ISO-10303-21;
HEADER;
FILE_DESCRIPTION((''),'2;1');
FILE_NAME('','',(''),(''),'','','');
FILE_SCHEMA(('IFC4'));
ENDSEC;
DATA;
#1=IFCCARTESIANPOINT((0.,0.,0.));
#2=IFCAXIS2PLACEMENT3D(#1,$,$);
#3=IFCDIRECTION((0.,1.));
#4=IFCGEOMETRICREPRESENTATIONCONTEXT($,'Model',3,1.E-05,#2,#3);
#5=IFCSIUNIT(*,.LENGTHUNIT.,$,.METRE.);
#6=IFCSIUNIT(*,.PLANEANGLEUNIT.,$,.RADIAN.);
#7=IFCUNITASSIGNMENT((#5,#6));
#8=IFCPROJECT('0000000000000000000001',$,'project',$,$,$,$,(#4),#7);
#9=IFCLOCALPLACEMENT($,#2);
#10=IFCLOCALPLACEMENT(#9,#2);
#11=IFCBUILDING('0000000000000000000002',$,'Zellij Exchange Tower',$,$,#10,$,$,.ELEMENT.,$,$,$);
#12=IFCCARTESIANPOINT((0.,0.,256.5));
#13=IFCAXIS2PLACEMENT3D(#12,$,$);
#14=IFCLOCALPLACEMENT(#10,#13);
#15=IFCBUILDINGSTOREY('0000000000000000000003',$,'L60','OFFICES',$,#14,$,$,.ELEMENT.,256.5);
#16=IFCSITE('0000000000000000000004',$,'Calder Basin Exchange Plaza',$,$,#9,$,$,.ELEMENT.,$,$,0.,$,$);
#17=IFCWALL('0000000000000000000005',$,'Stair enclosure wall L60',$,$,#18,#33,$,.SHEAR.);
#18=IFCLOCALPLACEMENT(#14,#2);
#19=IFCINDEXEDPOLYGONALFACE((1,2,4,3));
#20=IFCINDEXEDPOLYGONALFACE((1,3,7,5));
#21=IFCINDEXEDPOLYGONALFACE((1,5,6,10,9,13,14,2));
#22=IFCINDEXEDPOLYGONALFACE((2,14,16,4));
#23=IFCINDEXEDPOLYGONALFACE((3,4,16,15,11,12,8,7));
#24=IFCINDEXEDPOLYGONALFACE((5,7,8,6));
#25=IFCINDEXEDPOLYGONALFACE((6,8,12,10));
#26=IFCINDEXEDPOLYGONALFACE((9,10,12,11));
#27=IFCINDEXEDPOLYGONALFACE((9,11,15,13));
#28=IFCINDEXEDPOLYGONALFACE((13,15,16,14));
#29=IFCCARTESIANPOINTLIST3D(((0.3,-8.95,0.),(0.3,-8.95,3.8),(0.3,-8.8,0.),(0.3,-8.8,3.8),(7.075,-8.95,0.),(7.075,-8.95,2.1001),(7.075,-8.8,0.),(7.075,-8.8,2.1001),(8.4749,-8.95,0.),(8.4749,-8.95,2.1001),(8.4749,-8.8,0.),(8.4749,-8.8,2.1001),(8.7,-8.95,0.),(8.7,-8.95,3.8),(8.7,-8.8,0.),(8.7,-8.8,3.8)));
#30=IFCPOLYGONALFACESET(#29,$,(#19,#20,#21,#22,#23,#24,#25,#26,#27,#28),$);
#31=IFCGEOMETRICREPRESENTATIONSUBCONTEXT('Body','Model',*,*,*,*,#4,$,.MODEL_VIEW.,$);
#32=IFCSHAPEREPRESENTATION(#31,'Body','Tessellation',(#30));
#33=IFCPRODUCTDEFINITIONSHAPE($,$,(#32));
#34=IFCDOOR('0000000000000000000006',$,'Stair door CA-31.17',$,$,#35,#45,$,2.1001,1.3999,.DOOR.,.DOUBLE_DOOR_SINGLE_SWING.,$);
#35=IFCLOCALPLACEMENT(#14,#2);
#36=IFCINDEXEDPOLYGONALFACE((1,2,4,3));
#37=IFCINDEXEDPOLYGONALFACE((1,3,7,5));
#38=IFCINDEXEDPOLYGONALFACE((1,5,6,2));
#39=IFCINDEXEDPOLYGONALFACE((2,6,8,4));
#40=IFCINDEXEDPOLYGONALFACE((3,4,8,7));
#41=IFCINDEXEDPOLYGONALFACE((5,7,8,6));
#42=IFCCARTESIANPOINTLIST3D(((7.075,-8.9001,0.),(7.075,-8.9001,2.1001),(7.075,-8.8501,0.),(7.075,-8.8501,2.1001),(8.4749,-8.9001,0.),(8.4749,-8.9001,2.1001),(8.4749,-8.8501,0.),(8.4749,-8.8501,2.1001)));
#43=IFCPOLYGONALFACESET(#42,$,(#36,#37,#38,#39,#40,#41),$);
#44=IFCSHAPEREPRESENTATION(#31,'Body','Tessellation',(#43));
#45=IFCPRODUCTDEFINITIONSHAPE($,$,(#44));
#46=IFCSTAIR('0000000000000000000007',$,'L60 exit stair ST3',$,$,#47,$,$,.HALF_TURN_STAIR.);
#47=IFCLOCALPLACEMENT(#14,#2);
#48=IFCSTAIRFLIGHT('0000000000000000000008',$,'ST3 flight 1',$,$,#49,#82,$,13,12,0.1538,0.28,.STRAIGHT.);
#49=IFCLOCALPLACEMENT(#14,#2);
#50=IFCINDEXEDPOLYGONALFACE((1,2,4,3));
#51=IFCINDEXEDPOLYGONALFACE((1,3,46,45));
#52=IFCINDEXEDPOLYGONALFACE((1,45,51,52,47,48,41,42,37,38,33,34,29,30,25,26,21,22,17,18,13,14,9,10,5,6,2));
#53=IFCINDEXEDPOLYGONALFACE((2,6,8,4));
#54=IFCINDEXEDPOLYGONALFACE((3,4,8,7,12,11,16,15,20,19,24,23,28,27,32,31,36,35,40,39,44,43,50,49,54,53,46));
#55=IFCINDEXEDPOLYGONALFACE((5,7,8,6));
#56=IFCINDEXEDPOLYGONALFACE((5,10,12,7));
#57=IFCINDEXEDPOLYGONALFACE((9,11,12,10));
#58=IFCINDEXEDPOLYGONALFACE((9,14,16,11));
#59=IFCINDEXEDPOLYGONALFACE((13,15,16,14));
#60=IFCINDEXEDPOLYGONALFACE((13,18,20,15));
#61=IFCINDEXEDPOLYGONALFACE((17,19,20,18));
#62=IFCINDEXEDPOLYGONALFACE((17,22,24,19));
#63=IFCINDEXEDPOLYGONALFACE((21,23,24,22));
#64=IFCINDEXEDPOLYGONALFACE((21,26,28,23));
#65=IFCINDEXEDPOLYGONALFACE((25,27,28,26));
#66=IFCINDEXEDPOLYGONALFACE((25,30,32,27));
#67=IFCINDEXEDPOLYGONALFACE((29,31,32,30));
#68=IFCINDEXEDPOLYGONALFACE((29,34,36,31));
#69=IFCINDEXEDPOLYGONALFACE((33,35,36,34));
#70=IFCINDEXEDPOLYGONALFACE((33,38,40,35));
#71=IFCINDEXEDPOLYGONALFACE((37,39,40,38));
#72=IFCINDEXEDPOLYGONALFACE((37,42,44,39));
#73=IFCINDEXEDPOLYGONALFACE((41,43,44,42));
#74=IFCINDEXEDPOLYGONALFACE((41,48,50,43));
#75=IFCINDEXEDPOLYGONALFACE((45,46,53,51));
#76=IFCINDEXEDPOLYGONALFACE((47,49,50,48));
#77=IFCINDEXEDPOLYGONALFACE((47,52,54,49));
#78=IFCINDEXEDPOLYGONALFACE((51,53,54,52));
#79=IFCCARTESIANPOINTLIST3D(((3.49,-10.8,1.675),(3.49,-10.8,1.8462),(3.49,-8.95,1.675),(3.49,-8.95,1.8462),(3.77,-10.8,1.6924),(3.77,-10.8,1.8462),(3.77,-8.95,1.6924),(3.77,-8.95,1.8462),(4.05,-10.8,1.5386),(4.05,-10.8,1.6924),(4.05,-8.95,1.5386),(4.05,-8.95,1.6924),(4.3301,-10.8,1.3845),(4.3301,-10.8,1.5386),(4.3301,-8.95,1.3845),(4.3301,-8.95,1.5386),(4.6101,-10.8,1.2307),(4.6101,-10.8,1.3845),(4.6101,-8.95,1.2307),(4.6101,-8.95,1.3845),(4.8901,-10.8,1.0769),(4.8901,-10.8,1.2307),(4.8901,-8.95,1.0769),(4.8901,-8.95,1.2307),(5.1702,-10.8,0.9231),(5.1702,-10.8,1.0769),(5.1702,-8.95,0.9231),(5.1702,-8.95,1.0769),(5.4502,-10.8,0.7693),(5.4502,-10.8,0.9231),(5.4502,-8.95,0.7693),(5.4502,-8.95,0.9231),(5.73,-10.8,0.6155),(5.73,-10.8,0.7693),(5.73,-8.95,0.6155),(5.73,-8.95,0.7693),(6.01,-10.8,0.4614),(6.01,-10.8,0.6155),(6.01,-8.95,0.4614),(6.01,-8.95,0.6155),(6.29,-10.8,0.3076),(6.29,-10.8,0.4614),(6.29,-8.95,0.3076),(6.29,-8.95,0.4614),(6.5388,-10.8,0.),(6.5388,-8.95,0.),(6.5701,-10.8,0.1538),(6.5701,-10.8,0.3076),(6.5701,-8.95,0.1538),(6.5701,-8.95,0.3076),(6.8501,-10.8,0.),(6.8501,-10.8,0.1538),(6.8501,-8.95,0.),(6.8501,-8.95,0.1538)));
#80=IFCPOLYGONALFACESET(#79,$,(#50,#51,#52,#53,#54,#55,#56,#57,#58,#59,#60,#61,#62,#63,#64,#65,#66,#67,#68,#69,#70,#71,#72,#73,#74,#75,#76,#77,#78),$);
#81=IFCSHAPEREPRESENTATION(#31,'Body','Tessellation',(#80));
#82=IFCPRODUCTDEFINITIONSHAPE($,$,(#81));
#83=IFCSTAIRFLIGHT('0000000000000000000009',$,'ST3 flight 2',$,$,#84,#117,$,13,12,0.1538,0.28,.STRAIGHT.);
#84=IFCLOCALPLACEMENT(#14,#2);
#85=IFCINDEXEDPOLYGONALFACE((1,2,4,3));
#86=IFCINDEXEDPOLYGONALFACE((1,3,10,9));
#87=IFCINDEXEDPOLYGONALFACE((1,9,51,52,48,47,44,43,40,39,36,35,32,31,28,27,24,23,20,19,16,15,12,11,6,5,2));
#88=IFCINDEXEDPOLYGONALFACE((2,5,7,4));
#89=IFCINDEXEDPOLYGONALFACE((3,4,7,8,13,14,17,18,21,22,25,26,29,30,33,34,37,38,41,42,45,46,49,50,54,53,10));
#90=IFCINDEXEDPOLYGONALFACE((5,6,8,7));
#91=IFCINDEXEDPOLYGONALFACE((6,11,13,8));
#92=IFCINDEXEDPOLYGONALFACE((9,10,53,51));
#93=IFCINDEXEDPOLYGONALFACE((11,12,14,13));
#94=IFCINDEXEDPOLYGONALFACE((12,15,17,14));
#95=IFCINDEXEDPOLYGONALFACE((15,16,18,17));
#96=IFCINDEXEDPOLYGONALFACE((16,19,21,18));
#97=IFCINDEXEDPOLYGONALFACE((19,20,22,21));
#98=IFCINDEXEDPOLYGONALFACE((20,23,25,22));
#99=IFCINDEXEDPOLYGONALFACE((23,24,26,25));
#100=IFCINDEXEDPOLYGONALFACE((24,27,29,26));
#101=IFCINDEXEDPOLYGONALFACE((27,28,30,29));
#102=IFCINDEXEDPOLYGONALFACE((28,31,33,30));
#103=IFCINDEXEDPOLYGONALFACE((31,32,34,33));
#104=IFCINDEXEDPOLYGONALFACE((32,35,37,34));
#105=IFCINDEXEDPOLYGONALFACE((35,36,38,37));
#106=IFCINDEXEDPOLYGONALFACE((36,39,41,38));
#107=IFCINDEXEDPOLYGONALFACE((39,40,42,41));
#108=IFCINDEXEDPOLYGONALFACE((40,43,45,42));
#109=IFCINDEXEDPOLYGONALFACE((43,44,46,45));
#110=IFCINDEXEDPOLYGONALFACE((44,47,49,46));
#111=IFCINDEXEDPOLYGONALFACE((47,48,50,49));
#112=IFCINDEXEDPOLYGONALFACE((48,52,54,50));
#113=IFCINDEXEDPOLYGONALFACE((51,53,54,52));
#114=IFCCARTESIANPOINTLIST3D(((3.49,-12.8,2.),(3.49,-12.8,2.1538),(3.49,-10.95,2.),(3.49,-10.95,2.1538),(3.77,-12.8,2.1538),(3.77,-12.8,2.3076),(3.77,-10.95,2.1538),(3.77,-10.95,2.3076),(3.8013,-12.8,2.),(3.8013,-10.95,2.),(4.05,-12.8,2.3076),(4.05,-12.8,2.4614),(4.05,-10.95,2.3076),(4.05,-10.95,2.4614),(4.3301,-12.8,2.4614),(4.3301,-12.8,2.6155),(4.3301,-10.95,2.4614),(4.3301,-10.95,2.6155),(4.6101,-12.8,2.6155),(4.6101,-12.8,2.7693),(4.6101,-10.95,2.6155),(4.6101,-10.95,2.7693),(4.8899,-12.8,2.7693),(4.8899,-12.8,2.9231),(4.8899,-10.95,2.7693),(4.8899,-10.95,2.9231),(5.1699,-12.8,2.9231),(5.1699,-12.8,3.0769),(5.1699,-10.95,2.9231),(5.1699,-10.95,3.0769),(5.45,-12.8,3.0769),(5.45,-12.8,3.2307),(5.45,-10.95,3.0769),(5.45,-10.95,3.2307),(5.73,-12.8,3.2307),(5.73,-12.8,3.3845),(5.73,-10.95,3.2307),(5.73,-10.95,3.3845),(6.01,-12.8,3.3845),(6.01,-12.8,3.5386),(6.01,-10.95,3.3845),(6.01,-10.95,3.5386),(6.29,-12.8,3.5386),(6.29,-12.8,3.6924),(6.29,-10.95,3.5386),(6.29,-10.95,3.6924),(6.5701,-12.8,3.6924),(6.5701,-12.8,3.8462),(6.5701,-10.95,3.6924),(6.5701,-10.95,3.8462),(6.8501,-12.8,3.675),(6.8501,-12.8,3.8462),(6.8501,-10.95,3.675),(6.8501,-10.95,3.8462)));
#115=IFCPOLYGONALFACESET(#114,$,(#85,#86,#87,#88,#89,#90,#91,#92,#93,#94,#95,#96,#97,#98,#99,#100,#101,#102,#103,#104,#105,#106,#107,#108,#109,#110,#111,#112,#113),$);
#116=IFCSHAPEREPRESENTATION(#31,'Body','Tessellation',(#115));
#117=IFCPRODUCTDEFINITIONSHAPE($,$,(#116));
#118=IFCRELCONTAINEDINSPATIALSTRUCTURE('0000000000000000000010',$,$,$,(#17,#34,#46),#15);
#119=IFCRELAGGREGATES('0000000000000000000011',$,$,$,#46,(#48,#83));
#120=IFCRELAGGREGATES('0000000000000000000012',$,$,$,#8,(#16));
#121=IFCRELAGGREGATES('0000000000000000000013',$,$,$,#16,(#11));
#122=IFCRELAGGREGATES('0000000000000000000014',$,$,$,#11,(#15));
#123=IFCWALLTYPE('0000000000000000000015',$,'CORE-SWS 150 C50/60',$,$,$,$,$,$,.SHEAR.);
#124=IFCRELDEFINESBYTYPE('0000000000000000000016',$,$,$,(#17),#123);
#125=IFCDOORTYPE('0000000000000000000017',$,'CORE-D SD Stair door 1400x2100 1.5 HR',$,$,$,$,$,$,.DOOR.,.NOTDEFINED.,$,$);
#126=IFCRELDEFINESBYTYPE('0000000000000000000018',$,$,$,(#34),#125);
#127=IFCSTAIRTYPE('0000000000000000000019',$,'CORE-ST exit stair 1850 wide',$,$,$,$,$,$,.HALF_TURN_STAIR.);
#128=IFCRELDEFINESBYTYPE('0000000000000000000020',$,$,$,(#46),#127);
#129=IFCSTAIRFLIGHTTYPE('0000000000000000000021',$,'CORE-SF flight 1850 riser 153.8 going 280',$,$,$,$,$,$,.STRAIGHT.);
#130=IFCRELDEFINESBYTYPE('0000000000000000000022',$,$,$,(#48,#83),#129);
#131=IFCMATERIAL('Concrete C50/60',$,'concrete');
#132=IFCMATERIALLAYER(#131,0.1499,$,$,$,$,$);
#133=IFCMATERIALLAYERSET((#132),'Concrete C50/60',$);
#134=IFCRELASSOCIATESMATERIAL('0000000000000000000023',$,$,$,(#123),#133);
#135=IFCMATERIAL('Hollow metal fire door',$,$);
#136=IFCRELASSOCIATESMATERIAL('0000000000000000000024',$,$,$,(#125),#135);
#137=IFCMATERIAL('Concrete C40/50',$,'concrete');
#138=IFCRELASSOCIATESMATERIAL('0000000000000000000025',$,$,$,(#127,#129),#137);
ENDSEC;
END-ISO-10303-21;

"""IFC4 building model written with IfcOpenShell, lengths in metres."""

from ifc_helpers import new_model, si_unit, direction, frame, frame_2d, origin, place, context, subcontext, project, spatial, polyline, rectangle, outline, extrude, material, layer, layer_set, type_object, element, fill, aggregate, save


model = new_model("IFC4")

# Units and contexts
model_context = context("Model", 3, precision=1e-05, world=origin(), true_north=direction((0.0, 1.0)))
body_context = subcontext(model_context, "Body", "Model", "MODEL_VIEW")
ifc_project = project(units=[si_unit("LENGTHUNIT", "METRE"), si_unit("PLANEANGLEUNIT", "RADIAN")], contexts=[model_context])

# Site, building, storey
site_placement = place(None, origin())
site = spatial("IfcSite", under=ifc_project, at=site_placement, Name="Calder Basin Exchange Plaza", CompositionType="ELEMENT", RefElevation=0.0)
building_placement = place(site_placement, origin())
building = spatial("IfcBuilding", under=site, at=building_placement, Name="Zellij Exchange Tower", CompositionType="ELEMENT")
storey_placement = place(building_placement, frame((0.0, 0.0, 256.5)))
storey = spatial("IfcBuildingStorey", under=building, at=storey_placement, Name="L60", Description="OFFICES", CompositionType="ELEMENT", Elevation=256.5)

# Shared definitions
ifc_material_1 = material(Name="Concrete C50/60", Category="concrete")

# Shared definitions
ifc_material_2 = material(Name="Hollow metal fire door")

# Wall, opening, door
ifc_layer_1 = layer(ifc_material_1, 0.1499)
ifc_layer_set_1 = layer_set([ifc_layer_1], Name="Concrete C50/60")
wall_type_1 = type_object("IfcWallType", Name="CORE-SWS 150 C50/60", PredefinedType="SHEAR", material=ifc_layer_set_1)
wall_1_placement = place(storey_placement, frame((0.3, -8.875, 0.0), z_axis=(0.0, 0.0, 1.0), x_axis=(1.0, 0.0, 0.0)))
wall_1 = element("IfcWall", 1, at=wall_1_placement, inside=storey, type_object=wall_type_1, Name="Stair enclosure wall L60", PredefinedType="SHEAR", context=body_context, shape_type="SweptSolid", body=[
    extrude(rectangle(XDim=8.3999, YDim=0.1499, at=frame_2d((4.2, 0.0))), origin(), (0.0, 0.0, 1.0), 3.8),
])
opening_1_placement = place(wall_1_placement, frame((6.7749, 0.0, 0.0)))
opening_1 = element("IfcOpeningElement", 2, at=opening_1_placement, cuts=wall_1, PredefinedType="OPENING", context=body_context, shape_type="SweptSolid", body=[
    extrude(rectangle(XDim=1.3999, YDim=2.1001, at=frame_2d((0.7, 1.05))), frame((0.0, 0.0869, 0.0), z_axis=(0.0, -1.0, 0.0), x_axis=(1.0, 0.0, 0.0)), (0.0, 0.0, 1.0), 0.1738),
])
door_type_1 = type_object("IfcDoorType", Name="CORE-D SD Stair door 1400x2100 1.5 HR", OperationType="NOTDEFINED", PredefinedType="DOOR", material=ifc_material_2)
door_1_placement = place(opening_1_placement, origin())
door_1 = element("IfcDoor", 3, at=door_1_placement, inside=storey, type_object=door_type_1, Name="Stair door CA-31.17", OperationType="DOUBLE_DOOR_SINGLE_SWING", OverallHeight=2.1001, OverallWidth=1.3999, PredefinedType="DOOR", context=body_context, shape_type="SweptSolid", body=[
    extrude(rectangle(XDim=1.3999, YDim=2.1001, at=frame_2d((0.7, 1.05))), frame((0.0, 0.0249, 0.0), z_axis=(0.0, -1.0, 0.0), x_axis=(1.0, 0.0, 0.0)), (0.0, 0.0, 1.0), 0.05),
])
fill(opening_1, door_1)

# Stair, stair flights
ifc_material_3 = material(Name="Concrete C40/50", Category="concrete")
stair_type = type_object("IfcStairType", Name="CORE-ST exit stair 1850 wide", PredefinedType="HALF_TURN_STAIR", material=ifc_material_3)
stair_placement = place(storey_placement, origin())
stair = element("IfcStair", 4, at=stair_placement, inside=storey, type_object=stair_type, Name="L60 exit stair ST3", PredefinedType="HALF_TURN_STAIR")
stair_flight_type = type_object("IfcStairFlightType", Name="CORE-SF flight 1850 riser 153.8 going 280", PredefinedType="STRAIGHT", material=ifc_material_3)
stair_flight_1_placement = place(storey_placement, frame((6.8501, -9.875, 0.0), z_axis=(0.0, 0.0, 1.0), x_axis=(-1.0, 0.0, 0.0)))
stair_flight_1 = element("IfcStairFlight", 5, at=stair_flight_1_placement, type_object=stair_flight_type, Name="ST3 flight 1", NumberOfRisers=13, NumberOfTreads=12, PredefinedType="STRAIGHT", RiserHeight=0.1538, TreadLength=0.28, context=body_context, shape_type="SweptSolid", body=[
    extrude(outline(polyline([(0.0, 0.0), (0.0, 0.1538), (0.28, 0.1538), (0.28, 0.3076), (0.5601, 0.3076), (0.5601, 0.4614), (0.8401, 0.4614), (0.8401, 0.6155), (1.1201, 0.6155), (1.1201, 0.7693), (1.3999, 0.7693), (1.3999, 0.9231), (1.6799, 0.9231), (1.6799, 1.0769), (1.96, 1.0769), (1.96, 1.2307), (2.24, 1.2307), (2.24, 1.3845), (2.52, 1.3845), (2.52, 1.5386), (2.8, 1.5386), (2.8, 1.6924), (3.0801, 1.6924), (3.0801, 1.8462), (3.3601, 1.8462), (3.3601, 2.0), (3.3601, 1.675), (0.3113, 0.0), (0.0, 0.0)])), frame((0.0, 0.925, 0.0), z_axis=(0.0, -1.0, 0.0), x_axis=(1.0, 0.0, 0.0)), (0.0, 0.0, 1.0), 1.8501),
])
stair_flight_2_placement = place(storey_placement, frame((3.49, -11.875, 2.0), z_axis=(0.0, 0.0, 1.0), x_axis=(1.0, 0.0, 0.0)))
stair_flight_2 = element("IfcStairFlight", 6, at=stair_flight_2_placement, type_object=stair_flight_type, Name="ST3 flight 2", NumberOfRisers=13, NumberOfTreads=12, PredefinedType="STRAIGHT", RiserHeight=0.1538, TreadLength=0.28, context=body_context, shape_type="SweptSolid", body=[
    extrude(outline(polyline([(0.0, 0.0), (0.0, 0.1538), (0.28, 0.1538), (0.28, 0.3076), (0.5601, 0.3076), (0.5601, 0.4614), (0.8401, 0.4614), (0.8401, 0.6155), (1.1201, 0.6155), (1.1201, 0.7693), (1.3999, 0.7693), (1.3999, 0.9231), (1.6799, 0.9231), (1.6799, 1.0769), (1.96, 1.0769), (1.96, 1.2307), (2.24, 1.2307), (2.24, 1.3845), (2.52, 1.3845), (2.52, 1.5386), (2.8, 1.5386), (2.8, 1.6924), (3.0801, 1.6924), (3.0801, 1.8462), (3.3601, 1.8462), (3.3601, 2.0), (3.3601, 1.675), (0.3113, 0.0), (0.0, 0.0)])), frame((0.0, 0.925, 0.0), z_axis=(0.0, -1.0, 0.0), x_axis=(1.0, 0.0, 0.0)), (0.0, 0.0, 1.0), 1.8501),
])
aggregate(stair, [stair_flight_1, stair_flight_2])

save(model, "model.ifc")
